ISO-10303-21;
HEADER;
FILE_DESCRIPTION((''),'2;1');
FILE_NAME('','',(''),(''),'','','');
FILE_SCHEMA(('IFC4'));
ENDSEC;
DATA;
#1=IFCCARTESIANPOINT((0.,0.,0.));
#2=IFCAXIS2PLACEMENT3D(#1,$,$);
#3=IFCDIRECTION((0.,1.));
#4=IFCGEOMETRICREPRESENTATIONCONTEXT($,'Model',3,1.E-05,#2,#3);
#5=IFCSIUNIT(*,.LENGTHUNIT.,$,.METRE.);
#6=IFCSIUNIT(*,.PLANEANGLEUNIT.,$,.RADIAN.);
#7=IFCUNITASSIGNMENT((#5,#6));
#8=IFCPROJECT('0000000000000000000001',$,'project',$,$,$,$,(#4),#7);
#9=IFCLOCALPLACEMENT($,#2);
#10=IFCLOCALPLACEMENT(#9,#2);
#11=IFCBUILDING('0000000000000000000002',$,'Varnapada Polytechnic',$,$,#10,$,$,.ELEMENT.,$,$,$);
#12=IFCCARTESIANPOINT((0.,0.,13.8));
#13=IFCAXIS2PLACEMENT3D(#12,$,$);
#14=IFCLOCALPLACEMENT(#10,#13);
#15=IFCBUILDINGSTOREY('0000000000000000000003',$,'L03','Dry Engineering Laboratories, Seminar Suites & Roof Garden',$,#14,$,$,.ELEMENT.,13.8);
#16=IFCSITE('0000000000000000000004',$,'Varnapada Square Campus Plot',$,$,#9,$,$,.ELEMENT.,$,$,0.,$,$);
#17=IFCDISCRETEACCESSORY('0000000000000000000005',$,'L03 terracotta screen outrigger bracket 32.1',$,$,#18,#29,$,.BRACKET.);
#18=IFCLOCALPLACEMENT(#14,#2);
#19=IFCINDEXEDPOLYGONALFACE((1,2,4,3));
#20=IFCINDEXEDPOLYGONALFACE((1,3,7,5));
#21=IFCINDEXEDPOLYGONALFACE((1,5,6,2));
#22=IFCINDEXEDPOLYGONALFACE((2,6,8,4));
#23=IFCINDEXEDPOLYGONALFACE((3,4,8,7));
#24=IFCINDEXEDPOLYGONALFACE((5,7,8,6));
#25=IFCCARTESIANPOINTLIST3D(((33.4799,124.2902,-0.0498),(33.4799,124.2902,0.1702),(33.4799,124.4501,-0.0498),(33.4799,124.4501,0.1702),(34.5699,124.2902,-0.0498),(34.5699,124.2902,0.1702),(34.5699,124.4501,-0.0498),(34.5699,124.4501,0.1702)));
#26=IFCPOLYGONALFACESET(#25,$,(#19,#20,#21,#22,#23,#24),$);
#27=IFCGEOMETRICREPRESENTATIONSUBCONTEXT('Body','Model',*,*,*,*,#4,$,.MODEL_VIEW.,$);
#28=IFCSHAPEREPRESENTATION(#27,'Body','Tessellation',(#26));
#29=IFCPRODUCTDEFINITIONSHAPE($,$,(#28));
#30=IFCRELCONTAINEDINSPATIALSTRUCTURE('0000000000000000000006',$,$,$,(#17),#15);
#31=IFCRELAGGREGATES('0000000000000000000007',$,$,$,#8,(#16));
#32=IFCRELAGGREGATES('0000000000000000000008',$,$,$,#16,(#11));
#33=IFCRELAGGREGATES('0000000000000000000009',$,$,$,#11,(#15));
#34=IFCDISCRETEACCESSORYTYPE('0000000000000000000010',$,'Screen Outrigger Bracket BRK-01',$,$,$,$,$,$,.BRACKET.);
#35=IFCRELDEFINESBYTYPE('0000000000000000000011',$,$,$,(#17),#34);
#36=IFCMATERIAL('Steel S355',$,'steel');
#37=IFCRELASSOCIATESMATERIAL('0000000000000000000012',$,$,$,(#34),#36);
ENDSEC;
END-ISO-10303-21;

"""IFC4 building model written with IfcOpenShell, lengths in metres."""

from ifc_helpers import new_model, si_unit, direction, frame, origin, origin_2d, place, context, subcontext, project, spatial, rectangle, extrude, material, type_object, element, save


model = new_model("IFC4")

# Units and contexts
model_context = context("Model", 3, precision=1e-05, world=origin(), true_north=direction((0.0, 1.0)))
body_context = subcontext(model_context, "Body", "Model", "MODEL_VIEW")
ifc_project = project(units=[si_unit("LENGTHUNIT", "METRE"), si_unit("PLANEANGLEUNIT", "RADIAN")], contexts=[model_context])

# Site, building, storey
site_placement = place(None, origin())
site = spatial("IfcSite", under=ifc_project, at=site_placement, Name="Varnapada Square Campus Plot", CompositionType="ELEMENT", RefElevation=0.0)
building_placement = place(site_placement, origin())
building = spatial("IfcBuilding", under=site, at=building_placement, Name="Varnapada Polytechnic", CompositionType="ELEMENT")
storey_placement = place(building_placement, frame((0.0, 0.0, 13.8)))
storey = spatial("IfcBuildingStorey", under=building, at=storey_placement, Name="L03", Description="Dry Engineering Laboratories, Seminar Suites & Roof Garden", CompositionType="ELEMENT", Elevation=13.8)

# Discrete accessory
ifc_material_1 = material(Name="Steel S355", Category="steel")
discrete_accessory_type = type_object("IfcDiscreteAccessoryType", Name="Screen Outrigger Bracket BRK-01", PredefinedType="BRACKET", material=ifc_material_1)
discrete_accessory_placement = place(storey_placement, frame((34.0249, 124.3701, -0.0498), z_axis=(0.0, 0.0, 1.0), x_axis=(0.0, -1.0, 0.0)))
element("IfcDiscreteAccessory", 1, at=discrete_accessory_placement, inside=storey, type_object=discrete_accessory_type, Name="L03 terracotta screen outrigger bracket 32.1", PredefinedType="BRACKET", context=body_context, shape_type="SweptSolid", body=[
    extrude(rectangle(XDim=0.1599, YDim=1.0901, at=origin_2d()), origin(), (0.0, 0.0, 1.0), 0.22),
])

save(model, "model.ifc")
